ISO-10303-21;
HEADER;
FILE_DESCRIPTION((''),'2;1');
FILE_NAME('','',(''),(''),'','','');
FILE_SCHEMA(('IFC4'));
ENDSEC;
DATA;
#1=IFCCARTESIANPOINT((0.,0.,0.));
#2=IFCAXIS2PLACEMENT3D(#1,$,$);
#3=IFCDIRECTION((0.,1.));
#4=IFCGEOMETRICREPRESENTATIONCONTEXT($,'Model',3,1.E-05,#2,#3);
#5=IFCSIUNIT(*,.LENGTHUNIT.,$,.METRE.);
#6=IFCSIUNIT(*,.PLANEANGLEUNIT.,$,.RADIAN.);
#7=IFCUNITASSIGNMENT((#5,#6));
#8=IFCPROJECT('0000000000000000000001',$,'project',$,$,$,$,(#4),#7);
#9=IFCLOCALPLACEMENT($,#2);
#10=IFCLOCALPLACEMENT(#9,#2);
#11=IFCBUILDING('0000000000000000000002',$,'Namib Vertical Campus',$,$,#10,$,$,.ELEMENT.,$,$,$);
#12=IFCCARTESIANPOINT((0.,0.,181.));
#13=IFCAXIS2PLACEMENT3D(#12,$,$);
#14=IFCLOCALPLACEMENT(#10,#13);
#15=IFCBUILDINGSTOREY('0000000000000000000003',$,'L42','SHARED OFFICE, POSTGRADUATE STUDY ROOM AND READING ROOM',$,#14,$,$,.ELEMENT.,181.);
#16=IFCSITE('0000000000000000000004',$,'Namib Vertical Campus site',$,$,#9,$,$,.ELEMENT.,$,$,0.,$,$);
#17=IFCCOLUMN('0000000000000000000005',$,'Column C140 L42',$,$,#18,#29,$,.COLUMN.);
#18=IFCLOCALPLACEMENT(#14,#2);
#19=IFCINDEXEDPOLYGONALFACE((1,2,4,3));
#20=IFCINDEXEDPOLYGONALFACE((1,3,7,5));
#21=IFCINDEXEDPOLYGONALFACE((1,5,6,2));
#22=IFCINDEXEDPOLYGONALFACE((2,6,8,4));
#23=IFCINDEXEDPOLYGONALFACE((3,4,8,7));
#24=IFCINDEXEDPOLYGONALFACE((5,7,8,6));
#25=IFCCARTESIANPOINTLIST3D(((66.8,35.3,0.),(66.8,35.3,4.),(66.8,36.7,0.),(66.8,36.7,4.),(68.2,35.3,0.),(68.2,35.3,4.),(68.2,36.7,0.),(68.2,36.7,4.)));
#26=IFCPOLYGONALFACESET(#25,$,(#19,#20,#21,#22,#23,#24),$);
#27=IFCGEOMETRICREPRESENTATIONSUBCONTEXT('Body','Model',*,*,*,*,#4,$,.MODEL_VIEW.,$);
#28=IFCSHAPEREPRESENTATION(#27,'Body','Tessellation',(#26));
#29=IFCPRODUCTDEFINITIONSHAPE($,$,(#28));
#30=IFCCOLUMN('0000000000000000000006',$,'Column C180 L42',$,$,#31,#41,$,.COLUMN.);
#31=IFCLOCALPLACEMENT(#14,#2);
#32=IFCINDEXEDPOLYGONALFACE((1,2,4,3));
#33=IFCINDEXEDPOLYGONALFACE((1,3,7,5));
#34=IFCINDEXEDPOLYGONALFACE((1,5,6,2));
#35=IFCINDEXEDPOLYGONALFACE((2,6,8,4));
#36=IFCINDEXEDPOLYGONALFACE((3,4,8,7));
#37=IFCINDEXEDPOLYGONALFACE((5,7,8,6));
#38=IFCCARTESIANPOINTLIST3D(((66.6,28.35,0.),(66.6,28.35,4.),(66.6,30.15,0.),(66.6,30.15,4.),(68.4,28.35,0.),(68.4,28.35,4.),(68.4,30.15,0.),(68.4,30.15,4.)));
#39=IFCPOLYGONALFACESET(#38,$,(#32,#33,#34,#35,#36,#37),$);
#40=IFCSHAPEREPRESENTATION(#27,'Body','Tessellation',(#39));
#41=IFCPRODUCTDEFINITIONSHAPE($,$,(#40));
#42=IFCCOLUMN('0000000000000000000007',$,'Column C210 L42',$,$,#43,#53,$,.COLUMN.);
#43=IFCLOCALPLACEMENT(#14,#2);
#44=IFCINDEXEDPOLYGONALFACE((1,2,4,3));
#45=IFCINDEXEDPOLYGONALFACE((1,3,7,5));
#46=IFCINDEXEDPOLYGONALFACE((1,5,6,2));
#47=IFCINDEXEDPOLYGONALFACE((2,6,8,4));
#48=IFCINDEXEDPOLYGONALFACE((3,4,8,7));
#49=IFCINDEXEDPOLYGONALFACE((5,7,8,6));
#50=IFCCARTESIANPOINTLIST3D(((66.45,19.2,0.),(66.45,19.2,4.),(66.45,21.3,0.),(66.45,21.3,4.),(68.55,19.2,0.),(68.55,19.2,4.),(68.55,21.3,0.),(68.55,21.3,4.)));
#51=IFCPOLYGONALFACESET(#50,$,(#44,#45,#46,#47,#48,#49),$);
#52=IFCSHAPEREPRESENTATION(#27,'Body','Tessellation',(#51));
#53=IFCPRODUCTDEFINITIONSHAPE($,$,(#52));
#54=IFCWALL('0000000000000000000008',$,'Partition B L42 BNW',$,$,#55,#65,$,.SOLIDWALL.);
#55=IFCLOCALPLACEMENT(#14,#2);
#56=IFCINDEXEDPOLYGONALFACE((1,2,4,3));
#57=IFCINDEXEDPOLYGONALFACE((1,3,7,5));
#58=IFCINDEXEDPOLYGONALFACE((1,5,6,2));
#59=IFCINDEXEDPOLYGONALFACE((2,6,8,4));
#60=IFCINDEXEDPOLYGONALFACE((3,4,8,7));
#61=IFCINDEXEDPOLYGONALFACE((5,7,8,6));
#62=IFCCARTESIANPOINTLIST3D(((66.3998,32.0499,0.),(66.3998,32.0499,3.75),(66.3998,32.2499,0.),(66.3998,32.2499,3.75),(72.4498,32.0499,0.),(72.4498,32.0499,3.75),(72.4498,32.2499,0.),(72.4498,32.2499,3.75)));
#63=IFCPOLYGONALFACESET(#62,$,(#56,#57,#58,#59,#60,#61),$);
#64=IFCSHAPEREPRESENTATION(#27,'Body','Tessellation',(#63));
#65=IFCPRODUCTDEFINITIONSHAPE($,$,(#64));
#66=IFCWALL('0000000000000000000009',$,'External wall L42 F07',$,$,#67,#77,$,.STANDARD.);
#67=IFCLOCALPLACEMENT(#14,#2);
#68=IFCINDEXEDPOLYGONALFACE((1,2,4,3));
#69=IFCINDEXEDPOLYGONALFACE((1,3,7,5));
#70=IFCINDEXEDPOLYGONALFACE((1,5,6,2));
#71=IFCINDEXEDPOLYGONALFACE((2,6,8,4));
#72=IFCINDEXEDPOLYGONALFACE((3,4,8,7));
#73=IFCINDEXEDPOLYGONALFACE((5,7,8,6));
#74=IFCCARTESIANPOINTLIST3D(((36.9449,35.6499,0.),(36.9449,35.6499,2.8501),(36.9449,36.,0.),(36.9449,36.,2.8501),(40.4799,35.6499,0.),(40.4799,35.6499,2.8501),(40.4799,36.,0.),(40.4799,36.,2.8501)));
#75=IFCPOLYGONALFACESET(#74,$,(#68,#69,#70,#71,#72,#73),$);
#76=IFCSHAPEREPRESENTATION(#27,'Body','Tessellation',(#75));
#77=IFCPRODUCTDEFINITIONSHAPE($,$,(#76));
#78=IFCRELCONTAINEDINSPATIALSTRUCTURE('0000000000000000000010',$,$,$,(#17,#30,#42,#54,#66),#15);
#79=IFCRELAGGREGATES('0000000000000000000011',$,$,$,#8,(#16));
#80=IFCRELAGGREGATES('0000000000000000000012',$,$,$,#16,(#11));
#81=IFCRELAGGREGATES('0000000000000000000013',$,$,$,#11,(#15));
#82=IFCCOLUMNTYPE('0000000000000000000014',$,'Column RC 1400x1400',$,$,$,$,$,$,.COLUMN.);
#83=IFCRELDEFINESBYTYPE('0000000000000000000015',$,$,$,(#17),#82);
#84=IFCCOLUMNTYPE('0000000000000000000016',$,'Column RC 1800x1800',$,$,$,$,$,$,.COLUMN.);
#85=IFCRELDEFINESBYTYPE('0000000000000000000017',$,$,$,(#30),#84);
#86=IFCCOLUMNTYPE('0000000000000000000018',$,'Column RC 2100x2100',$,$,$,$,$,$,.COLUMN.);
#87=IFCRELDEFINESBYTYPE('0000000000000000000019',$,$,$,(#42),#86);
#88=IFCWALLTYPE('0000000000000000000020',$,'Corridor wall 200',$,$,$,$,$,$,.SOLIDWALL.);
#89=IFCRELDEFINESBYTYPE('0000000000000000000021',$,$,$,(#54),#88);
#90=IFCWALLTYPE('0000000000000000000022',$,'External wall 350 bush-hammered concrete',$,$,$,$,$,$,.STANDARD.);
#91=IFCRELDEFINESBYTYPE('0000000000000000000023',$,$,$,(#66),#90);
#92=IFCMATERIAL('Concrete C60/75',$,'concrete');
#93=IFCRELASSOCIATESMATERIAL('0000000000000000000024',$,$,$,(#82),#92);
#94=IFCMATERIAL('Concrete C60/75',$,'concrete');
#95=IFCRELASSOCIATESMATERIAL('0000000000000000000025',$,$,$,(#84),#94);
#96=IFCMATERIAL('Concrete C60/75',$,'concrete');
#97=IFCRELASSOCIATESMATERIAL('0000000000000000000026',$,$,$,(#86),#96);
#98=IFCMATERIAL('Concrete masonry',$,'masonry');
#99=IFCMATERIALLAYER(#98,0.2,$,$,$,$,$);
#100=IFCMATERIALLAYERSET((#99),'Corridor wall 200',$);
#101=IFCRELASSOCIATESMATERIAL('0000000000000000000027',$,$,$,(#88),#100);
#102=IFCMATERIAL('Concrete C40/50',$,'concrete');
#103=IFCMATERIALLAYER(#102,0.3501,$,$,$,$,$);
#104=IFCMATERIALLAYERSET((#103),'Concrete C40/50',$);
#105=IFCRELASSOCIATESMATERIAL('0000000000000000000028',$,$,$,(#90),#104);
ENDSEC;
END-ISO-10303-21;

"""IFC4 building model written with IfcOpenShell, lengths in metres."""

from ifc_helpers import new_model, si_unit, direction, frame, frame_2d, origin, origin_2d, place, context, subcontext, project, spatial, rectangle, extrude, material, layer, layer_set, material_profile, profile_set, type_object, element, save


model = new_model("IFC4")

# Units and contexts
model_context = context("Model", 3, precision=1e-05, world=origin(), true_north=direction((0.0, 1.0)))
body_context = subcontext(model_context, "Body", "Model", "MODEL_VIEW")
ifc_project = project(units=[si_unit("LENGTHUNIT", "METRE"), si_unit("PLANEANGLEUNIT", "RADIAN")], contexts=[model_context])

# Site, building, storey
site_placement = place(None, origin())
site = spatial("IfcSite", under=ifc_project, at=site_placement, Name="Namib Vertical Campus site", CompositionType="ELEMENT", RefElevation=0.0)
building_placement = place(site_placement, origin())
building = spatial("IfcBuilding", under=site, at=building_placement, Name="Namib Vertical Campus", CompositionType="ELEMENT")
storey_placement = place(building_placement, frame((0.0, 0.0, 181.0)))
storey = spatial("IfcBuildingStorey", under=building, at=storey_placement, Name="L42", Description="SHARED OFFICE, POSTGRADUATE STUDY ROOM AND READING ROOM", CompositionType="ELEMENT", Elevation=181.0)

# Columns
ifc_material_1 = material(Name="Concrete C60/75", Category="concrete")
ifc_material_profile_1 = material_profile(ifc_material_1, rectangle(XDim=1.3999, YDim=1.3999, at=origin_2d()))
ifc_profile_set_1 = profile_set([ifc_material_profile_1], Name="Concrete C60/75")
column_type_1 = type_object("IfcColumnType", Name="Column RC 1400x1400", PredefinedType="COLUMN", material=ifc_profile_set_1)
column_1_placement = place(storey_placement, frame((67.5, 36.0, 0.0), z_axis=(0.0, 0.0, 1.0), x_axis=(1.0, 0.0, 0.0)))
element("IfcColumn", 1, at=column_1_placement, inside=storey, type_object=column_type_1, Name="Column C140 L42", PredefinedType="COLUMN", context=body_context, shape_type="SweptSolid", body=[
    extrude(rectangle(XDim=1.3999, YDim=1.3999, at=origin_2d()), origin(), (0.0, 0.0, 1.0), 4.0),
])
ifc_material_2 = material(Name="Concrete C60/75", Category="concrete")
ifc_material_profile_2 = material_profile(ifc_material_2, rectangle(XDim=1.8, YDim=1.8, at=origin_2d()))
ifc_profile_set_2 = profile_set([ifc_material_profile_2], Name="Concrete C60/75")
column_type_2 = type_object("IfcColumnType", Name="Column RC 1800x1800", PredefinedType="COLUMN", material=ifc_profile_set_2)
column_2_placement = place(storey_placement, frame((67.5, 29.25, 0.0), z_axis=(0.0, 0.0, 1.0), x_axis=(1.0, 0.0, 0.0)))
element("IfcColumn", 2, at=column_2_placement, inside=storey, type_object=column_type_2, Name="Column C180 L42", PredefinedType="COLUMN", context=body_context, shape_type="SweptSolid", body=[
    extrude(rectangle(XDim=1.8, YDim=1.8, at=origin_2d()), origin(), (0.0, 0.0, 1.0), 4.0),
])
ifc_material_3 = material(Name="Concrete C60/75", Category="concrete")
ifc_material_profile_3 = material_profile(ifc_material_3, rectangle(XDim=2.1001, YDim=2.1001, at=origin_2d()))
ifc_profile_set_3 = profile_set([ifc_material_profile_3], Name="Concrete C60/75")
column_type_3 = type_object("IfcColumnType", Name="Column RC 2100x2100", PredefinedType="COLUMN", material=ifc_profile_set_3)
column_3_placement = place(storey_placement, frame((67.5, 20.25, 0.0), z_axis=(0.0, 0.0, 1.0), x_axis=(1.0, 0.0, 0.0)))
element("IfcColumn", 3, at=column_3_placement, inside=storey, type_object=column_type_3, Name="Column C210 L42", PredefinedType="COLUMN", context=body_context, shape_type="SweptSolid", body=[
    extrude(rectangle(XDim=2.1001, YDim=2.1001, at=origin_2d()), origin(), (0.0, 0.0, 1.0), 4.0),
])

# Walls
ifc_material_4 = material(Name="Concrete masonry", Category="masonry")
ifc_layer_1 = layer(ifc_material_4, 0.2)
ifc_layer_set_1 = layer_set([ifc_layer_1], Name="Corridor wall 200")
wall_type_1 = type_object("IfcWallType", Name="Corridor wall 200", PredefinedType="SOLIDWALL", material=ifc_layer_set_1)
wall_1_placement = place(storey_placement, frame((66.3999, 32.1499, 0.0), z_axis=(0.0, 0.0, 1.0), x_axis=(1.0, 0.0, 0.0)))
element("IfcWall", 4, at=wall_1_placement, inside=storey, type_object=wall_type_1, Name="Partition B L42 BNW", PredefinedType="SOLIDWALL", context=body_context, shape_type="SweptSolid", body=[
    extrude(rectangle(XDim=6.05, YDim=0.2, at=frame_2d((3.0249, 0.0))), origin(), (0.0, 0.0, 1.0), 3.75),
])
ifc_material_5 = material(Name="Concrete C40/50", Category="concrete")
ifc_layer_2 = layer(ifc_material_5, 0.3501)
ifc_layer_set_2 = layer_set([ifc_layer_2], Name="Concrete C40/50")
wall_type_2 = type_object("IfcWallType", Name="External wall 350 bush-hammered concrete", PredefinedType="STANDARD", material=ifc_layer_set_2)
wall_2_placement = place(storey_placement, frame((40.48, 35.825, 0.0), z_axis=(0.0, 0.0, 1.0), x_axis=(-1.0, 0.0, 0.0)))
element("IfcWall", 5, at=wall_2_placement, inside=storey, type_object=wall_type_2, Name="External wall L42 F07", PredefinedType="STANDARD", context=body_context, shape_type="SweptSolid", body=[
    extrude(rectangle(XDim=3.5349, YDim=0.3501, at=frame_2d((1.7676, 0.0))), origin(), (0.0, 0.0, 1.0), 2.8501),
])

save(model, "model.ifc")
